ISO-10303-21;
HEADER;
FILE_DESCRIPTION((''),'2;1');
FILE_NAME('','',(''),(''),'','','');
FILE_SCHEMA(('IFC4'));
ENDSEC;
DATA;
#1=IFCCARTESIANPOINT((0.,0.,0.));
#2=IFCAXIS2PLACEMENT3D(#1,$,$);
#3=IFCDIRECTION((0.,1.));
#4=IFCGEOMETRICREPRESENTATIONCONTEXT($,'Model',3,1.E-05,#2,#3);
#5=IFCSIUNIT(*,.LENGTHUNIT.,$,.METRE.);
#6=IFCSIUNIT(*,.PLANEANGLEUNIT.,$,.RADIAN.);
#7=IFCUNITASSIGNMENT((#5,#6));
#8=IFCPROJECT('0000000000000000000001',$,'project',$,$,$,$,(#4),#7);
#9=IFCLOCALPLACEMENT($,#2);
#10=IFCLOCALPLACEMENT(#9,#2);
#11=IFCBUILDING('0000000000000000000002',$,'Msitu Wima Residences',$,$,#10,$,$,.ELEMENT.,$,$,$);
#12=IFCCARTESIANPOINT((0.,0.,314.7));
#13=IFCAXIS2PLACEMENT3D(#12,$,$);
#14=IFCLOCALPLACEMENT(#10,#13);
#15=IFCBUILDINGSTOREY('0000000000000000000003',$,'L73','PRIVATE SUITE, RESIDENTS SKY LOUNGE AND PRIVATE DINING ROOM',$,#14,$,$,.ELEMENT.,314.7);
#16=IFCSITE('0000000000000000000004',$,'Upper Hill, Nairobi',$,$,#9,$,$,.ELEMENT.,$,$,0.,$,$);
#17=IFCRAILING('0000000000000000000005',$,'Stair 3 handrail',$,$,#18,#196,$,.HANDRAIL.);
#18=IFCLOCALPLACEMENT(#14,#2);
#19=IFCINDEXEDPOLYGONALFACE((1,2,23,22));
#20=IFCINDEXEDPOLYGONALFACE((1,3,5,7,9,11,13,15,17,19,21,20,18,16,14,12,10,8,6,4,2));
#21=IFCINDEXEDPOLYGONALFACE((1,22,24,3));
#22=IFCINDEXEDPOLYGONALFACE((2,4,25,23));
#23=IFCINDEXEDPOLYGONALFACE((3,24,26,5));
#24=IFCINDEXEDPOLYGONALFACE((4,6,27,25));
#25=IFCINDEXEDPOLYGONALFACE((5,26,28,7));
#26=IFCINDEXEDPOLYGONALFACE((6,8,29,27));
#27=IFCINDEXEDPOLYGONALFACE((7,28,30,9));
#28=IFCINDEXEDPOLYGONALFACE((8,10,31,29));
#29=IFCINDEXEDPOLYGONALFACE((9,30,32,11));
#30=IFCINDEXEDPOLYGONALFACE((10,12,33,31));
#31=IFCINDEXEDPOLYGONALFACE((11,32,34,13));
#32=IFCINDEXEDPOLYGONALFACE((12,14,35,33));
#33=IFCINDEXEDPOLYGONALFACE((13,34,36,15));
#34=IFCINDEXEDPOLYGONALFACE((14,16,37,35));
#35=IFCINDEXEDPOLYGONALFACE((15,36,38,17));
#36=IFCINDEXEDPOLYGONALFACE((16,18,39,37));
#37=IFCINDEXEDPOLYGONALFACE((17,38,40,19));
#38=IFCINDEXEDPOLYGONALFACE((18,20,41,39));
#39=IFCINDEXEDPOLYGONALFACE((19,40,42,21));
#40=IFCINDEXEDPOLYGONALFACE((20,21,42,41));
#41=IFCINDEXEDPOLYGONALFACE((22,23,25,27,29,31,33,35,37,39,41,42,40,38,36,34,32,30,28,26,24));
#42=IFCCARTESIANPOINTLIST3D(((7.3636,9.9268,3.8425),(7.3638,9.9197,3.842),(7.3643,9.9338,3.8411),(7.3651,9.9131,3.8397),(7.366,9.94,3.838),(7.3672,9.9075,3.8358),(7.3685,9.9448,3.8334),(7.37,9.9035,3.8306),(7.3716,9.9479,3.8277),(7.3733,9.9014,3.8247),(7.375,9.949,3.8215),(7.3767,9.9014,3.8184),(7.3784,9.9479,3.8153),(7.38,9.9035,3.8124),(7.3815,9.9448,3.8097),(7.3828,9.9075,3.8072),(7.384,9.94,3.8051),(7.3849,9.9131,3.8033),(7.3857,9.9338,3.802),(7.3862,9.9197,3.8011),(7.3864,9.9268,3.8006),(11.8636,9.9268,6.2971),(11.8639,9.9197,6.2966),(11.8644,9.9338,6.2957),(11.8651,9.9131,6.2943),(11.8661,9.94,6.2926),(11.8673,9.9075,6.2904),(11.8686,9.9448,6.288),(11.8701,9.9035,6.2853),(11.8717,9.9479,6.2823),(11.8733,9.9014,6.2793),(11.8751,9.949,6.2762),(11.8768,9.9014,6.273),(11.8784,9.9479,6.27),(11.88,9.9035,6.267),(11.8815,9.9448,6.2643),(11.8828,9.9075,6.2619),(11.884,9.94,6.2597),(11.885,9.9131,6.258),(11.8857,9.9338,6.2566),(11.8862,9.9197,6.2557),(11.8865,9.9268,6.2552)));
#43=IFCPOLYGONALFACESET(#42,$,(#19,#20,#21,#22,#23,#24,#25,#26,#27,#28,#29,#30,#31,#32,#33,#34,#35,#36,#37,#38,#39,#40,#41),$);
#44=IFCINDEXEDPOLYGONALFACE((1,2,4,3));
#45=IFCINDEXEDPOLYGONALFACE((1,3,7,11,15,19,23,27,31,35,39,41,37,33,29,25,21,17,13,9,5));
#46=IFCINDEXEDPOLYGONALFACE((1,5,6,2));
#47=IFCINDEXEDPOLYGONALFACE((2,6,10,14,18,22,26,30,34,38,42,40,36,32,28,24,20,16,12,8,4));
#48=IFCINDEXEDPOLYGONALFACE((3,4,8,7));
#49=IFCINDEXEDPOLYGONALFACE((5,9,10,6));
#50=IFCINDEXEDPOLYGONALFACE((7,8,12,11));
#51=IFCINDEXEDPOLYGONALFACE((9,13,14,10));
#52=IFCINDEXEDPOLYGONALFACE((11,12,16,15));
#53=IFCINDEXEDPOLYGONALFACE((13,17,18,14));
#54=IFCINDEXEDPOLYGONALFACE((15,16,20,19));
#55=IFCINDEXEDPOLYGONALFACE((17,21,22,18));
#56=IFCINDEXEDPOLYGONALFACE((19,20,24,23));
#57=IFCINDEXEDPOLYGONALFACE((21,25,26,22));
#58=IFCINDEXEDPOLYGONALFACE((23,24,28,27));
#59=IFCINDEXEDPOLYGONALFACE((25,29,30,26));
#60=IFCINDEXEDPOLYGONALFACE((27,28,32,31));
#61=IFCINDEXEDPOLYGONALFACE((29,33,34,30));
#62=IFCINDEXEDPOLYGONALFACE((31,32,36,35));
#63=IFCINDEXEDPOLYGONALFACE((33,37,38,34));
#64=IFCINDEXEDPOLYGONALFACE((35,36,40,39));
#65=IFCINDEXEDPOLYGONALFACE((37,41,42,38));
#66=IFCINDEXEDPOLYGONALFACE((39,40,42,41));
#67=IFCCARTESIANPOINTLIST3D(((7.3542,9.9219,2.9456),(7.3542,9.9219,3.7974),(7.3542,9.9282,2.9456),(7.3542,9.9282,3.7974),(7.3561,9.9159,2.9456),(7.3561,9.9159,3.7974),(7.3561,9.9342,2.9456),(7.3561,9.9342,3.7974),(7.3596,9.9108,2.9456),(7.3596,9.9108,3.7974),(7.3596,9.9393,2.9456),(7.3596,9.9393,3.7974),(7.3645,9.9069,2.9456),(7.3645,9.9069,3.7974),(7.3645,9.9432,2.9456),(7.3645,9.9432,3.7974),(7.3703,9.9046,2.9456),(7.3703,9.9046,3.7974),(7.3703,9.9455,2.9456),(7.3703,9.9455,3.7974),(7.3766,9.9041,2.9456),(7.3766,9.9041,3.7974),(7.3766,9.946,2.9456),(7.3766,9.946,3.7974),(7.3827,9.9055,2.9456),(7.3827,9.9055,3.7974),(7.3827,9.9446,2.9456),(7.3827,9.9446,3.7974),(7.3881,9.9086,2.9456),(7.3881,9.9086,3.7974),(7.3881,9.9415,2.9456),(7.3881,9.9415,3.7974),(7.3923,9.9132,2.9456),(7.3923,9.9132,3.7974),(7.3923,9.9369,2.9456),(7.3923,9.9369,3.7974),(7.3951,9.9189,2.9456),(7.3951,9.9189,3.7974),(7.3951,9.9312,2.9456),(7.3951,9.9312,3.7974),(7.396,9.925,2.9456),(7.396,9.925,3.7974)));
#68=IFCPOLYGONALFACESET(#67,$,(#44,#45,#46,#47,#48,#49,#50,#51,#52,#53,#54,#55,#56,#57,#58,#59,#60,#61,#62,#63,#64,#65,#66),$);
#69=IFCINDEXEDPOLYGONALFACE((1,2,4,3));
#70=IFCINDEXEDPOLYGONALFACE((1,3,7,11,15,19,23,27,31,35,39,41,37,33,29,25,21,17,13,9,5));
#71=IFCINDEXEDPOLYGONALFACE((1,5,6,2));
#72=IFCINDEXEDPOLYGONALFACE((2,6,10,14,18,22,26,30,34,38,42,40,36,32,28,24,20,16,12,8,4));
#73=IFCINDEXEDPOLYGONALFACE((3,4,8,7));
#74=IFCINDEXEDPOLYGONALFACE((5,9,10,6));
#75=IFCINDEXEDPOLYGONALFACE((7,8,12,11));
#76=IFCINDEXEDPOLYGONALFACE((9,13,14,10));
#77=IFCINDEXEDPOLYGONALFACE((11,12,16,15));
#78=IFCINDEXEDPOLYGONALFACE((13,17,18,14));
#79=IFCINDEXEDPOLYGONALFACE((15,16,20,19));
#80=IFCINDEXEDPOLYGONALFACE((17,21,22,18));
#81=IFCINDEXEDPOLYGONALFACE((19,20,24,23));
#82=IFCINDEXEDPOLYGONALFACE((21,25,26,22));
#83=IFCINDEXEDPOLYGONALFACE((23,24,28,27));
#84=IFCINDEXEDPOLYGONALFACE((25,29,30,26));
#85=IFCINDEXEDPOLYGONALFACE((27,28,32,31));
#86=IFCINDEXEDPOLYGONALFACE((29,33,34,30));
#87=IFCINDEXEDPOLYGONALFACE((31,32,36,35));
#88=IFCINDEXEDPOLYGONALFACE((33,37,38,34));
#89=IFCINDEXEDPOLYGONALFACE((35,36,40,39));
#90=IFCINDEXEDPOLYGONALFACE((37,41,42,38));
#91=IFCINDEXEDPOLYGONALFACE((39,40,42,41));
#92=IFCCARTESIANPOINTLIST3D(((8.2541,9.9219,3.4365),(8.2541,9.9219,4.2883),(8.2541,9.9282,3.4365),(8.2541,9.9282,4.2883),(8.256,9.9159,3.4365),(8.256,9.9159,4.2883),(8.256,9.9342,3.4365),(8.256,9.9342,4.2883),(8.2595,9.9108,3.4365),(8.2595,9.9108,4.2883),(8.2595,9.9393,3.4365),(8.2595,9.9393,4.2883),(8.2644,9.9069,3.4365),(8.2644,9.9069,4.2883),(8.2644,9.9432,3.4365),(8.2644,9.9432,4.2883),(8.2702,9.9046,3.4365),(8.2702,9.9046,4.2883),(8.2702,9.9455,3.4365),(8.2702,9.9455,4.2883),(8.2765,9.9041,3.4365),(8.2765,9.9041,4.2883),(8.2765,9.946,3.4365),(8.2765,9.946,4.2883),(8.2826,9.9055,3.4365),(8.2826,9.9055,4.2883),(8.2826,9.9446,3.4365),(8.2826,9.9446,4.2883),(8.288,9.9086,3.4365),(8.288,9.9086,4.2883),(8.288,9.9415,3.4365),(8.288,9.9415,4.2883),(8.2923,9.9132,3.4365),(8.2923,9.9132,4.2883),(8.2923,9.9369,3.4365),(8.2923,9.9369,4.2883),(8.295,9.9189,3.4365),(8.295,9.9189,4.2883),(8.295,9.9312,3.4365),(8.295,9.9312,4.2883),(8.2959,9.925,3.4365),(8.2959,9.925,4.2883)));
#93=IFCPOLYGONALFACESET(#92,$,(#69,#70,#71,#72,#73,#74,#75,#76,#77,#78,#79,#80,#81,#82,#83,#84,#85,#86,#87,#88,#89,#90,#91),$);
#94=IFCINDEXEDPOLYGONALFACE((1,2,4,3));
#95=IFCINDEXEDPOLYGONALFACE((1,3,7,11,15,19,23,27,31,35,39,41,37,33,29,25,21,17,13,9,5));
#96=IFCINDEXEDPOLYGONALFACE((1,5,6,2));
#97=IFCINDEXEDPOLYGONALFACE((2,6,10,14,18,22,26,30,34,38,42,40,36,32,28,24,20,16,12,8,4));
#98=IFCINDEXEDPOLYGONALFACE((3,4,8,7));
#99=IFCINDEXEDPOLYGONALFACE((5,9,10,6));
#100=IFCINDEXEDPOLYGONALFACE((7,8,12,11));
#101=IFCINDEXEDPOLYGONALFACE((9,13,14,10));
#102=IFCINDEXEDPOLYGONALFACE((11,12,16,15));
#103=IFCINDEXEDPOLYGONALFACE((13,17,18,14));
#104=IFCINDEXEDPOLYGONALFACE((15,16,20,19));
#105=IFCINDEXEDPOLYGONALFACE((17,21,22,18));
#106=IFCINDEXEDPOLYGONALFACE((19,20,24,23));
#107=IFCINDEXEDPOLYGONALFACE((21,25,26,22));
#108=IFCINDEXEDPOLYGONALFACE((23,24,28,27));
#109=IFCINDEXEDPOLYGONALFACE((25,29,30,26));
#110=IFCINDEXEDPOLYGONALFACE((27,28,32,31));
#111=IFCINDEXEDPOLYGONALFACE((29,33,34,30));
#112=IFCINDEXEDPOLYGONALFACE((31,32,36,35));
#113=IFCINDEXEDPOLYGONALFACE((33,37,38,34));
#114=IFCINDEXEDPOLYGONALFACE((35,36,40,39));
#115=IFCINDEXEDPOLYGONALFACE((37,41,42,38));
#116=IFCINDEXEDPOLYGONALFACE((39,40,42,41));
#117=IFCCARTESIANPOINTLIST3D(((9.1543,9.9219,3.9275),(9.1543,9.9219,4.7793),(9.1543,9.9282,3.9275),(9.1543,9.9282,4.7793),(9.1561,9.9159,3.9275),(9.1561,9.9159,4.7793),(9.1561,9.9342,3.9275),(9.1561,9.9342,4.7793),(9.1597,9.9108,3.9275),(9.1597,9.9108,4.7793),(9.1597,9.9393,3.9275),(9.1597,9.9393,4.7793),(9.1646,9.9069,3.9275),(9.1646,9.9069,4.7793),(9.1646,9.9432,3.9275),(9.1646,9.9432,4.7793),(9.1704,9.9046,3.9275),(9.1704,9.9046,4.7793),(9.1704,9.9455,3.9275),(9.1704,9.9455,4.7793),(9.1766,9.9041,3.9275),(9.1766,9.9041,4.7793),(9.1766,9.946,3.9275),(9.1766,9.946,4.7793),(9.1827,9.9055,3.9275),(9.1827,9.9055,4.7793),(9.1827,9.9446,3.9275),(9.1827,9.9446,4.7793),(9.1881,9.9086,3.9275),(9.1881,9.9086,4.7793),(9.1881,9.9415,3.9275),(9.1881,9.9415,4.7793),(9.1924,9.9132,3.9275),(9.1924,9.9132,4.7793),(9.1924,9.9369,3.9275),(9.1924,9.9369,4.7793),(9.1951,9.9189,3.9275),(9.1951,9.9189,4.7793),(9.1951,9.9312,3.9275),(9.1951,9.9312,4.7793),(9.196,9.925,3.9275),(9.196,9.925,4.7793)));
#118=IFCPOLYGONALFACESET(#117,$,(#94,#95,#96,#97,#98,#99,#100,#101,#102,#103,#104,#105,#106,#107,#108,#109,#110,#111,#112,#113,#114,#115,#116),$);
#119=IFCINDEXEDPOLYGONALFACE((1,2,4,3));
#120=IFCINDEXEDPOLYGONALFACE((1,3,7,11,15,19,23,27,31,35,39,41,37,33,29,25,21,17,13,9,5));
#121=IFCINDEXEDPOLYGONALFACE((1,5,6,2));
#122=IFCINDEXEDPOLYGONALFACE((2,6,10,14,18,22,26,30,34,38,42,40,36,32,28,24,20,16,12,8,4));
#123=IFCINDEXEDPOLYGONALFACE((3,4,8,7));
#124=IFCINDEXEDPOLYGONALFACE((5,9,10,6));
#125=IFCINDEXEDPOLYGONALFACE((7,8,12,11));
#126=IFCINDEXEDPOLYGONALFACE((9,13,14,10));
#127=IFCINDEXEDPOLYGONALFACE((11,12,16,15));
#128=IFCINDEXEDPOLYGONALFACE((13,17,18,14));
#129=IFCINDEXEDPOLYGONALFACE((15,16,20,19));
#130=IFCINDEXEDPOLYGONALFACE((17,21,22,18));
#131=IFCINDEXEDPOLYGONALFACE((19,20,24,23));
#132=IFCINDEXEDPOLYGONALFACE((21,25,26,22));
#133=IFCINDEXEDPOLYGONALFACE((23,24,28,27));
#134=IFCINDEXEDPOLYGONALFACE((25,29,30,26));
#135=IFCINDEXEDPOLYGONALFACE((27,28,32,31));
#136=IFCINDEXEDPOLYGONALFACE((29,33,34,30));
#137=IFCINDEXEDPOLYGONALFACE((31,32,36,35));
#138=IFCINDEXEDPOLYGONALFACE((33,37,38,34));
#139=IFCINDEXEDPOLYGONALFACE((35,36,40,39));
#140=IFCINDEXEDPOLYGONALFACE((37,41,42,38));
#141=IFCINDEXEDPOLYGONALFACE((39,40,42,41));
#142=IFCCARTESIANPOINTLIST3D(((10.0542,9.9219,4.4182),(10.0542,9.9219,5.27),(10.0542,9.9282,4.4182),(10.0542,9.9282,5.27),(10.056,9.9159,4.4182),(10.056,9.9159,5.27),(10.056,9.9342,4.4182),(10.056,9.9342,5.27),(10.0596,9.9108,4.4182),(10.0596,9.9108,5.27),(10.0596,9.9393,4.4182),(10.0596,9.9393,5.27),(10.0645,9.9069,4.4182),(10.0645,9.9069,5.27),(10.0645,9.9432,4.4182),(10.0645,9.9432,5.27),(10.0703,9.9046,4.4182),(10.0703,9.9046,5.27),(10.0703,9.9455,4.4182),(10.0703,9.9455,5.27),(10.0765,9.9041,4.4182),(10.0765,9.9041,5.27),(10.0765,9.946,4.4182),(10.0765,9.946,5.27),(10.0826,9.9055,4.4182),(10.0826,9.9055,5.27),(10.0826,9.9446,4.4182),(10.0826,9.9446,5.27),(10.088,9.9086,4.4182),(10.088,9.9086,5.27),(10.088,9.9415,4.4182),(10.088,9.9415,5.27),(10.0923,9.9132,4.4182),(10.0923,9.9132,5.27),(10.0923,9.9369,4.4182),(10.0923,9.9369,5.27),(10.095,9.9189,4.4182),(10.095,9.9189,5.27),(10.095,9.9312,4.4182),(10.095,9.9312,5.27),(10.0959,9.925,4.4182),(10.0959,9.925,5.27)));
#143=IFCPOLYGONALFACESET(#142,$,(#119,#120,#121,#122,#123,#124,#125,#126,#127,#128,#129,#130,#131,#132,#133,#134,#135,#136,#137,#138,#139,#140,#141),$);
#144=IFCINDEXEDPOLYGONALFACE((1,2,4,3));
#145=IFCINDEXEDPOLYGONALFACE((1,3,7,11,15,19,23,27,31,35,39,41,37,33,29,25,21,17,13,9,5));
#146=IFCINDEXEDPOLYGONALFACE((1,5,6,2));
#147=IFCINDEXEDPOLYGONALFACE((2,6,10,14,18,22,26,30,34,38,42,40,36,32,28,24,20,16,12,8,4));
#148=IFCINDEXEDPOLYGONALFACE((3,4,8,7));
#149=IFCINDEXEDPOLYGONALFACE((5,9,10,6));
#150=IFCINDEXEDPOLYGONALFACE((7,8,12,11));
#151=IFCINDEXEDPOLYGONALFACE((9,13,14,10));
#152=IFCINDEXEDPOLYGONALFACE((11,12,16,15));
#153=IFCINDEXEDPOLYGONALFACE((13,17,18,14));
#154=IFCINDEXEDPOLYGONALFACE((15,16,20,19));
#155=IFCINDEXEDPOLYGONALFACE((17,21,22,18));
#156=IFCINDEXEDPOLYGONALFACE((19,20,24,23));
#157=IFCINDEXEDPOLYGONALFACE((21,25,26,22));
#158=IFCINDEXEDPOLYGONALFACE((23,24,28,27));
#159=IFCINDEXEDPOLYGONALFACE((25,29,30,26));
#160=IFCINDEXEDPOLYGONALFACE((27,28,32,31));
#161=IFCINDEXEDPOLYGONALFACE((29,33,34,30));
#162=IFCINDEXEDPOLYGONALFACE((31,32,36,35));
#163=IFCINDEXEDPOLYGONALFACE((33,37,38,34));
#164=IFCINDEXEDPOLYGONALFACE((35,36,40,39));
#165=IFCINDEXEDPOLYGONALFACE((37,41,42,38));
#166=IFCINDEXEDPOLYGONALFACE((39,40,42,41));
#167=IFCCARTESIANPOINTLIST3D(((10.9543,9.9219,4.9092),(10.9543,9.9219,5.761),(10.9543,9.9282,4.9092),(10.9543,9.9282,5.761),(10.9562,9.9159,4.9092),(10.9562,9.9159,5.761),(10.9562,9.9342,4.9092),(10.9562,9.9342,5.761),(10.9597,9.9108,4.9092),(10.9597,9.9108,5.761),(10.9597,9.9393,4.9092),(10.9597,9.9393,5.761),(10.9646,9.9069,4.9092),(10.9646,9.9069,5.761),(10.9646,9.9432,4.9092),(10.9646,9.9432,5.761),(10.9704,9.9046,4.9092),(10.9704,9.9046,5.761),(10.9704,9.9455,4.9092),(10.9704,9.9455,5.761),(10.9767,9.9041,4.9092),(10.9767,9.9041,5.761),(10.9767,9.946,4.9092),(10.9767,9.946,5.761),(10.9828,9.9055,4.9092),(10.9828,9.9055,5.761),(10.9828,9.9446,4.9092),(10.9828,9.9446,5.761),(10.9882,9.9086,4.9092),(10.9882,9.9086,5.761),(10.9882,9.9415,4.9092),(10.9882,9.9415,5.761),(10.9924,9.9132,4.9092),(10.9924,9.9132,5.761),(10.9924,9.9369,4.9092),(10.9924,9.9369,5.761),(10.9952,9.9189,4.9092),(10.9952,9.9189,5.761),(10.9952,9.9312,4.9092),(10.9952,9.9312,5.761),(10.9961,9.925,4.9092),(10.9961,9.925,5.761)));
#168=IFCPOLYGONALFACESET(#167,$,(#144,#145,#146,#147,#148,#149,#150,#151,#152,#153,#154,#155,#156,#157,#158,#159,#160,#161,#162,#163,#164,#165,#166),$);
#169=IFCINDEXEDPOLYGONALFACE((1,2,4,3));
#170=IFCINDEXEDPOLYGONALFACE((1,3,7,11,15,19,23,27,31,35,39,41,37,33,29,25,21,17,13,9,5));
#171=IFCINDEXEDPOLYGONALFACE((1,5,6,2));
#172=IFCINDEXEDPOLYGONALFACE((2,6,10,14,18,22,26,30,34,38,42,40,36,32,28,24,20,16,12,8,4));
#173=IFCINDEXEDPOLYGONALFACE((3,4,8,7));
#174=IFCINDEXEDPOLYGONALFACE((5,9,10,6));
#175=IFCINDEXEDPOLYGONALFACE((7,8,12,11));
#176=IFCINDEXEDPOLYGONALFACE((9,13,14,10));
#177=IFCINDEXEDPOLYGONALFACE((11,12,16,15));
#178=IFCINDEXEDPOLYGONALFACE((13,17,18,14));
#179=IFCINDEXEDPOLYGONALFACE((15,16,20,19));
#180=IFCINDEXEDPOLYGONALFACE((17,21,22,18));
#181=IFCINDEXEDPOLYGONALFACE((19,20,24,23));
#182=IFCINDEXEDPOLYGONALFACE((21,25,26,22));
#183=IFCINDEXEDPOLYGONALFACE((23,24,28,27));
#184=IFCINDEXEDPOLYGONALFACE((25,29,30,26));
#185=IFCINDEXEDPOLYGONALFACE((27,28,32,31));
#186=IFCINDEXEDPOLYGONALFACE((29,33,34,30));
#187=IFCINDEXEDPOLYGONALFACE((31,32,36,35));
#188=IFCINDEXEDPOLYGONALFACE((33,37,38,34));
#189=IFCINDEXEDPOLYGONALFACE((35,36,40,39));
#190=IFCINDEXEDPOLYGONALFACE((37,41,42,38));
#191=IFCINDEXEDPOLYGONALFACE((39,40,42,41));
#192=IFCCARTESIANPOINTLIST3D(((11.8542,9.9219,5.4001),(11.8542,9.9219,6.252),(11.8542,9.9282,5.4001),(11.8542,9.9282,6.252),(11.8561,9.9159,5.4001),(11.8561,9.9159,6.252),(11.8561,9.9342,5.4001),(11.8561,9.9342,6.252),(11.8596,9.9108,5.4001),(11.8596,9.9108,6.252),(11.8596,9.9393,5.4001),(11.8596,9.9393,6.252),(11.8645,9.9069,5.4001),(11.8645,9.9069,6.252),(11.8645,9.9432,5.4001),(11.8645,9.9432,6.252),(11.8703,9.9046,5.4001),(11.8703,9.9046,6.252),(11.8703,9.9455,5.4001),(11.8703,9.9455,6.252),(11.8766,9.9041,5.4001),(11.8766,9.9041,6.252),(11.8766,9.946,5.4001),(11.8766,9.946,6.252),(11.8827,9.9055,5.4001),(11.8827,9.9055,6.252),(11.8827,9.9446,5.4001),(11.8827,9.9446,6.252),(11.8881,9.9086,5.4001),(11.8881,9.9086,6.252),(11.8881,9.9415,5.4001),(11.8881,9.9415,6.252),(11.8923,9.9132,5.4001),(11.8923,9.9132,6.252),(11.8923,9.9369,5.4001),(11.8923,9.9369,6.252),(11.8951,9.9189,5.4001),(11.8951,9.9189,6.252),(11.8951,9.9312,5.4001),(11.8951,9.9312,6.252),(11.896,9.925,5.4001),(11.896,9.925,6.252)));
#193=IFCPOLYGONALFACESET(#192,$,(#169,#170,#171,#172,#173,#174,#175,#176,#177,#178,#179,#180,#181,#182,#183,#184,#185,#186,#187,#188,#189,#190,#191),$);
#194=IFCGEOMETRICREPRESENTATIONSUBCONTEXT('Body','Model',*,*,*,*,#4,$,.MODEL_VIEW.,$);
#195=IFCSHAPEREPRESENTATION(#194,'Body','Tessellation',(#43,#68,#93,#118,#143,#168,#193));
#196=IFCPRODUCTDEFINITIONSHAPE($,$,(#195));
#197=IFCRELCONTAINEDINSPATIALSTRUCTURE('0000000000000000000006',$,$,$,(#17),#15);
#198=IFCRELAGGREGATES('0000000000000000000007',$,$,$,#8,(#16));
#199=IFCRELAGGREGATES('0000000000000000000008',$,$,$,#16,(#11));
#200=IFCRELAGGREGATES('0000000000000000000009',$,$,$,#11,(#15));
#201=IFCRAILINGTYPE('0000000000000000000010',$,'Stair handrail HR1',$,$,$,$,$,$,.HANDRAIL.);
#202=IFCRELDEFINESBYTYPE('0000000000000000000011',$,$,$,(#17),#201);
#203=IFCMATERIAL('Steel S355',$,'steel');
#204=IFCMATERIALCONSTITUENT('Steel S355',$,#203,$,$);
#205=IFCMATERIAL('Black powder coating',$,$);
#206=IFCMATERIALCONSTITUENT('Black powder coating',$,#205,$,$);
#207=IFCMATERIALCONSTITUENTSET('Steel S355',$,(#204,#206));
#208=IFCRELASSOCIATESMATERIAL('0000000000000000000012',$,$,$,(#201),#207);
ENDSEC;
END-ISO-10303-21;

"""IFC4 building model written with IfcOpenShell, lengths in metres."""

from ifc_helpers import new_model, si_unit, direction, frame, origin, origin_2d, place, context, subcontext, project, spatial, circle, extrude, material, constituent, constituent_set, type_object, element, save


model = new_model("IFC4")

# Units and contexts
model_context = context("Model", 3, precision=1e-05, world=origin(), true_north=direction((0.0, 1.0)))
body_context = subcontext(model_context, "Body", "Model", "MODEL_VIEW")
ifc_project = project(units=[si_unit("LENGTHUNIT", "METRE"), si_unit("PLANEANGLEUNIT", "RADIAN")], contexts=[model_context])

# Site, building, storey
site_placement = place(None, origin())
site = spatial("IfcSite", under=ifc_project, at=site_placement, Name="Upper Hill, Nairobi", CompositionType="ELEMENT", RefElevation=0.0)
building_placement = place(site_placement, origin())
building = spatial("IfcBuilding", under=site, at=building_placement, Name="Msitu Wima Residences", CompositionType="ELEMENT")
storey_placement = place(building_placement, frame((0.0, 0.0, 314.7)))
storey = spatial("IfcBuildingStorey", under=building, at=storey_placement, Name="L73", Description="PRIVATE SUITE, RESIDENTS SKY LOUNGE AND PRIVATE DINING ROOM", CompositionType="ELEMENT", Elevation=314.7)

# Railing
ifc_material_1 = material(Name="Steel S355", Category="steel")
ifc_constituent_1 = constituent(ifc_material_1, Name="Steel S355")
ifc_material_2 = material(Name="Black powder coating")
ifc_constituent_2 = constituent(ifc_material_2, Name="Black powder coating")
ifc_constituent_set = constituent_set(constituents=[ifc_constituent_1, ifc_constituent_2], Name="Steel S355")
railing_type = type_object("IfcRailingType", Name="Stair handrail HR1", PredefinedType="HANDRAIL", material=ifc_constituent_set)
for number, where, name in (
    (1, (7.375, 9.925, 2.9456), "Stair 3 handrail"),
):
    element("IfcRailing", number, at=place(storey_placement, frame(where)), inside=storey, type_object=railing_type, Name=name, PredefinedType="HANDRAIL", context=body_context, shape_type="SweptSolid", body=[
        extrude(circle(Radius=0.0239, at=origin_2d()), frame((0.0, 0.0, 0.876), z_axis=(0.877892, 0.0, 0.478859), x_axis=(0.0, 1.0, 0.0)), (0.0, 0.0, 1.0), 5.126),
        extrude(circle(Radius=0.021, at=origin_2d()), origin(), (0.0, 0.0, 1.0), 0.8518),
        extrude(circle(Radius=0.021, at=origin_2d()), frame((0.8999, 0.0, 0.491)), (0.0, 0.0, 1.0), 0.8518),
        extrude(circle(Radius=0.021, at=origin_2d()), frame((1.8, 0.0, 0.9819)), (0.0, 0.0, 1.0), 0.8518),
        extrude(circle(Radius=0.021, at=origin_2d()), frame((2.7, 0.0, 1.4727)), (0.0, 0.0, 1.0), 0.8518),
        extrude(circle(Radius=0.021, at=origin_2d()), frame((3.6001, 0.0, 1.9636)), (0.0, 0.0, 1.0), 0.8518),
        extrude(circle(Radius=0.021, at=origin_2d()), frame((4.5, 0.0, 2.4546)), (0.0, 0.0, 1.0), 0.8518),
    ])

save(model, "model.ifc")
